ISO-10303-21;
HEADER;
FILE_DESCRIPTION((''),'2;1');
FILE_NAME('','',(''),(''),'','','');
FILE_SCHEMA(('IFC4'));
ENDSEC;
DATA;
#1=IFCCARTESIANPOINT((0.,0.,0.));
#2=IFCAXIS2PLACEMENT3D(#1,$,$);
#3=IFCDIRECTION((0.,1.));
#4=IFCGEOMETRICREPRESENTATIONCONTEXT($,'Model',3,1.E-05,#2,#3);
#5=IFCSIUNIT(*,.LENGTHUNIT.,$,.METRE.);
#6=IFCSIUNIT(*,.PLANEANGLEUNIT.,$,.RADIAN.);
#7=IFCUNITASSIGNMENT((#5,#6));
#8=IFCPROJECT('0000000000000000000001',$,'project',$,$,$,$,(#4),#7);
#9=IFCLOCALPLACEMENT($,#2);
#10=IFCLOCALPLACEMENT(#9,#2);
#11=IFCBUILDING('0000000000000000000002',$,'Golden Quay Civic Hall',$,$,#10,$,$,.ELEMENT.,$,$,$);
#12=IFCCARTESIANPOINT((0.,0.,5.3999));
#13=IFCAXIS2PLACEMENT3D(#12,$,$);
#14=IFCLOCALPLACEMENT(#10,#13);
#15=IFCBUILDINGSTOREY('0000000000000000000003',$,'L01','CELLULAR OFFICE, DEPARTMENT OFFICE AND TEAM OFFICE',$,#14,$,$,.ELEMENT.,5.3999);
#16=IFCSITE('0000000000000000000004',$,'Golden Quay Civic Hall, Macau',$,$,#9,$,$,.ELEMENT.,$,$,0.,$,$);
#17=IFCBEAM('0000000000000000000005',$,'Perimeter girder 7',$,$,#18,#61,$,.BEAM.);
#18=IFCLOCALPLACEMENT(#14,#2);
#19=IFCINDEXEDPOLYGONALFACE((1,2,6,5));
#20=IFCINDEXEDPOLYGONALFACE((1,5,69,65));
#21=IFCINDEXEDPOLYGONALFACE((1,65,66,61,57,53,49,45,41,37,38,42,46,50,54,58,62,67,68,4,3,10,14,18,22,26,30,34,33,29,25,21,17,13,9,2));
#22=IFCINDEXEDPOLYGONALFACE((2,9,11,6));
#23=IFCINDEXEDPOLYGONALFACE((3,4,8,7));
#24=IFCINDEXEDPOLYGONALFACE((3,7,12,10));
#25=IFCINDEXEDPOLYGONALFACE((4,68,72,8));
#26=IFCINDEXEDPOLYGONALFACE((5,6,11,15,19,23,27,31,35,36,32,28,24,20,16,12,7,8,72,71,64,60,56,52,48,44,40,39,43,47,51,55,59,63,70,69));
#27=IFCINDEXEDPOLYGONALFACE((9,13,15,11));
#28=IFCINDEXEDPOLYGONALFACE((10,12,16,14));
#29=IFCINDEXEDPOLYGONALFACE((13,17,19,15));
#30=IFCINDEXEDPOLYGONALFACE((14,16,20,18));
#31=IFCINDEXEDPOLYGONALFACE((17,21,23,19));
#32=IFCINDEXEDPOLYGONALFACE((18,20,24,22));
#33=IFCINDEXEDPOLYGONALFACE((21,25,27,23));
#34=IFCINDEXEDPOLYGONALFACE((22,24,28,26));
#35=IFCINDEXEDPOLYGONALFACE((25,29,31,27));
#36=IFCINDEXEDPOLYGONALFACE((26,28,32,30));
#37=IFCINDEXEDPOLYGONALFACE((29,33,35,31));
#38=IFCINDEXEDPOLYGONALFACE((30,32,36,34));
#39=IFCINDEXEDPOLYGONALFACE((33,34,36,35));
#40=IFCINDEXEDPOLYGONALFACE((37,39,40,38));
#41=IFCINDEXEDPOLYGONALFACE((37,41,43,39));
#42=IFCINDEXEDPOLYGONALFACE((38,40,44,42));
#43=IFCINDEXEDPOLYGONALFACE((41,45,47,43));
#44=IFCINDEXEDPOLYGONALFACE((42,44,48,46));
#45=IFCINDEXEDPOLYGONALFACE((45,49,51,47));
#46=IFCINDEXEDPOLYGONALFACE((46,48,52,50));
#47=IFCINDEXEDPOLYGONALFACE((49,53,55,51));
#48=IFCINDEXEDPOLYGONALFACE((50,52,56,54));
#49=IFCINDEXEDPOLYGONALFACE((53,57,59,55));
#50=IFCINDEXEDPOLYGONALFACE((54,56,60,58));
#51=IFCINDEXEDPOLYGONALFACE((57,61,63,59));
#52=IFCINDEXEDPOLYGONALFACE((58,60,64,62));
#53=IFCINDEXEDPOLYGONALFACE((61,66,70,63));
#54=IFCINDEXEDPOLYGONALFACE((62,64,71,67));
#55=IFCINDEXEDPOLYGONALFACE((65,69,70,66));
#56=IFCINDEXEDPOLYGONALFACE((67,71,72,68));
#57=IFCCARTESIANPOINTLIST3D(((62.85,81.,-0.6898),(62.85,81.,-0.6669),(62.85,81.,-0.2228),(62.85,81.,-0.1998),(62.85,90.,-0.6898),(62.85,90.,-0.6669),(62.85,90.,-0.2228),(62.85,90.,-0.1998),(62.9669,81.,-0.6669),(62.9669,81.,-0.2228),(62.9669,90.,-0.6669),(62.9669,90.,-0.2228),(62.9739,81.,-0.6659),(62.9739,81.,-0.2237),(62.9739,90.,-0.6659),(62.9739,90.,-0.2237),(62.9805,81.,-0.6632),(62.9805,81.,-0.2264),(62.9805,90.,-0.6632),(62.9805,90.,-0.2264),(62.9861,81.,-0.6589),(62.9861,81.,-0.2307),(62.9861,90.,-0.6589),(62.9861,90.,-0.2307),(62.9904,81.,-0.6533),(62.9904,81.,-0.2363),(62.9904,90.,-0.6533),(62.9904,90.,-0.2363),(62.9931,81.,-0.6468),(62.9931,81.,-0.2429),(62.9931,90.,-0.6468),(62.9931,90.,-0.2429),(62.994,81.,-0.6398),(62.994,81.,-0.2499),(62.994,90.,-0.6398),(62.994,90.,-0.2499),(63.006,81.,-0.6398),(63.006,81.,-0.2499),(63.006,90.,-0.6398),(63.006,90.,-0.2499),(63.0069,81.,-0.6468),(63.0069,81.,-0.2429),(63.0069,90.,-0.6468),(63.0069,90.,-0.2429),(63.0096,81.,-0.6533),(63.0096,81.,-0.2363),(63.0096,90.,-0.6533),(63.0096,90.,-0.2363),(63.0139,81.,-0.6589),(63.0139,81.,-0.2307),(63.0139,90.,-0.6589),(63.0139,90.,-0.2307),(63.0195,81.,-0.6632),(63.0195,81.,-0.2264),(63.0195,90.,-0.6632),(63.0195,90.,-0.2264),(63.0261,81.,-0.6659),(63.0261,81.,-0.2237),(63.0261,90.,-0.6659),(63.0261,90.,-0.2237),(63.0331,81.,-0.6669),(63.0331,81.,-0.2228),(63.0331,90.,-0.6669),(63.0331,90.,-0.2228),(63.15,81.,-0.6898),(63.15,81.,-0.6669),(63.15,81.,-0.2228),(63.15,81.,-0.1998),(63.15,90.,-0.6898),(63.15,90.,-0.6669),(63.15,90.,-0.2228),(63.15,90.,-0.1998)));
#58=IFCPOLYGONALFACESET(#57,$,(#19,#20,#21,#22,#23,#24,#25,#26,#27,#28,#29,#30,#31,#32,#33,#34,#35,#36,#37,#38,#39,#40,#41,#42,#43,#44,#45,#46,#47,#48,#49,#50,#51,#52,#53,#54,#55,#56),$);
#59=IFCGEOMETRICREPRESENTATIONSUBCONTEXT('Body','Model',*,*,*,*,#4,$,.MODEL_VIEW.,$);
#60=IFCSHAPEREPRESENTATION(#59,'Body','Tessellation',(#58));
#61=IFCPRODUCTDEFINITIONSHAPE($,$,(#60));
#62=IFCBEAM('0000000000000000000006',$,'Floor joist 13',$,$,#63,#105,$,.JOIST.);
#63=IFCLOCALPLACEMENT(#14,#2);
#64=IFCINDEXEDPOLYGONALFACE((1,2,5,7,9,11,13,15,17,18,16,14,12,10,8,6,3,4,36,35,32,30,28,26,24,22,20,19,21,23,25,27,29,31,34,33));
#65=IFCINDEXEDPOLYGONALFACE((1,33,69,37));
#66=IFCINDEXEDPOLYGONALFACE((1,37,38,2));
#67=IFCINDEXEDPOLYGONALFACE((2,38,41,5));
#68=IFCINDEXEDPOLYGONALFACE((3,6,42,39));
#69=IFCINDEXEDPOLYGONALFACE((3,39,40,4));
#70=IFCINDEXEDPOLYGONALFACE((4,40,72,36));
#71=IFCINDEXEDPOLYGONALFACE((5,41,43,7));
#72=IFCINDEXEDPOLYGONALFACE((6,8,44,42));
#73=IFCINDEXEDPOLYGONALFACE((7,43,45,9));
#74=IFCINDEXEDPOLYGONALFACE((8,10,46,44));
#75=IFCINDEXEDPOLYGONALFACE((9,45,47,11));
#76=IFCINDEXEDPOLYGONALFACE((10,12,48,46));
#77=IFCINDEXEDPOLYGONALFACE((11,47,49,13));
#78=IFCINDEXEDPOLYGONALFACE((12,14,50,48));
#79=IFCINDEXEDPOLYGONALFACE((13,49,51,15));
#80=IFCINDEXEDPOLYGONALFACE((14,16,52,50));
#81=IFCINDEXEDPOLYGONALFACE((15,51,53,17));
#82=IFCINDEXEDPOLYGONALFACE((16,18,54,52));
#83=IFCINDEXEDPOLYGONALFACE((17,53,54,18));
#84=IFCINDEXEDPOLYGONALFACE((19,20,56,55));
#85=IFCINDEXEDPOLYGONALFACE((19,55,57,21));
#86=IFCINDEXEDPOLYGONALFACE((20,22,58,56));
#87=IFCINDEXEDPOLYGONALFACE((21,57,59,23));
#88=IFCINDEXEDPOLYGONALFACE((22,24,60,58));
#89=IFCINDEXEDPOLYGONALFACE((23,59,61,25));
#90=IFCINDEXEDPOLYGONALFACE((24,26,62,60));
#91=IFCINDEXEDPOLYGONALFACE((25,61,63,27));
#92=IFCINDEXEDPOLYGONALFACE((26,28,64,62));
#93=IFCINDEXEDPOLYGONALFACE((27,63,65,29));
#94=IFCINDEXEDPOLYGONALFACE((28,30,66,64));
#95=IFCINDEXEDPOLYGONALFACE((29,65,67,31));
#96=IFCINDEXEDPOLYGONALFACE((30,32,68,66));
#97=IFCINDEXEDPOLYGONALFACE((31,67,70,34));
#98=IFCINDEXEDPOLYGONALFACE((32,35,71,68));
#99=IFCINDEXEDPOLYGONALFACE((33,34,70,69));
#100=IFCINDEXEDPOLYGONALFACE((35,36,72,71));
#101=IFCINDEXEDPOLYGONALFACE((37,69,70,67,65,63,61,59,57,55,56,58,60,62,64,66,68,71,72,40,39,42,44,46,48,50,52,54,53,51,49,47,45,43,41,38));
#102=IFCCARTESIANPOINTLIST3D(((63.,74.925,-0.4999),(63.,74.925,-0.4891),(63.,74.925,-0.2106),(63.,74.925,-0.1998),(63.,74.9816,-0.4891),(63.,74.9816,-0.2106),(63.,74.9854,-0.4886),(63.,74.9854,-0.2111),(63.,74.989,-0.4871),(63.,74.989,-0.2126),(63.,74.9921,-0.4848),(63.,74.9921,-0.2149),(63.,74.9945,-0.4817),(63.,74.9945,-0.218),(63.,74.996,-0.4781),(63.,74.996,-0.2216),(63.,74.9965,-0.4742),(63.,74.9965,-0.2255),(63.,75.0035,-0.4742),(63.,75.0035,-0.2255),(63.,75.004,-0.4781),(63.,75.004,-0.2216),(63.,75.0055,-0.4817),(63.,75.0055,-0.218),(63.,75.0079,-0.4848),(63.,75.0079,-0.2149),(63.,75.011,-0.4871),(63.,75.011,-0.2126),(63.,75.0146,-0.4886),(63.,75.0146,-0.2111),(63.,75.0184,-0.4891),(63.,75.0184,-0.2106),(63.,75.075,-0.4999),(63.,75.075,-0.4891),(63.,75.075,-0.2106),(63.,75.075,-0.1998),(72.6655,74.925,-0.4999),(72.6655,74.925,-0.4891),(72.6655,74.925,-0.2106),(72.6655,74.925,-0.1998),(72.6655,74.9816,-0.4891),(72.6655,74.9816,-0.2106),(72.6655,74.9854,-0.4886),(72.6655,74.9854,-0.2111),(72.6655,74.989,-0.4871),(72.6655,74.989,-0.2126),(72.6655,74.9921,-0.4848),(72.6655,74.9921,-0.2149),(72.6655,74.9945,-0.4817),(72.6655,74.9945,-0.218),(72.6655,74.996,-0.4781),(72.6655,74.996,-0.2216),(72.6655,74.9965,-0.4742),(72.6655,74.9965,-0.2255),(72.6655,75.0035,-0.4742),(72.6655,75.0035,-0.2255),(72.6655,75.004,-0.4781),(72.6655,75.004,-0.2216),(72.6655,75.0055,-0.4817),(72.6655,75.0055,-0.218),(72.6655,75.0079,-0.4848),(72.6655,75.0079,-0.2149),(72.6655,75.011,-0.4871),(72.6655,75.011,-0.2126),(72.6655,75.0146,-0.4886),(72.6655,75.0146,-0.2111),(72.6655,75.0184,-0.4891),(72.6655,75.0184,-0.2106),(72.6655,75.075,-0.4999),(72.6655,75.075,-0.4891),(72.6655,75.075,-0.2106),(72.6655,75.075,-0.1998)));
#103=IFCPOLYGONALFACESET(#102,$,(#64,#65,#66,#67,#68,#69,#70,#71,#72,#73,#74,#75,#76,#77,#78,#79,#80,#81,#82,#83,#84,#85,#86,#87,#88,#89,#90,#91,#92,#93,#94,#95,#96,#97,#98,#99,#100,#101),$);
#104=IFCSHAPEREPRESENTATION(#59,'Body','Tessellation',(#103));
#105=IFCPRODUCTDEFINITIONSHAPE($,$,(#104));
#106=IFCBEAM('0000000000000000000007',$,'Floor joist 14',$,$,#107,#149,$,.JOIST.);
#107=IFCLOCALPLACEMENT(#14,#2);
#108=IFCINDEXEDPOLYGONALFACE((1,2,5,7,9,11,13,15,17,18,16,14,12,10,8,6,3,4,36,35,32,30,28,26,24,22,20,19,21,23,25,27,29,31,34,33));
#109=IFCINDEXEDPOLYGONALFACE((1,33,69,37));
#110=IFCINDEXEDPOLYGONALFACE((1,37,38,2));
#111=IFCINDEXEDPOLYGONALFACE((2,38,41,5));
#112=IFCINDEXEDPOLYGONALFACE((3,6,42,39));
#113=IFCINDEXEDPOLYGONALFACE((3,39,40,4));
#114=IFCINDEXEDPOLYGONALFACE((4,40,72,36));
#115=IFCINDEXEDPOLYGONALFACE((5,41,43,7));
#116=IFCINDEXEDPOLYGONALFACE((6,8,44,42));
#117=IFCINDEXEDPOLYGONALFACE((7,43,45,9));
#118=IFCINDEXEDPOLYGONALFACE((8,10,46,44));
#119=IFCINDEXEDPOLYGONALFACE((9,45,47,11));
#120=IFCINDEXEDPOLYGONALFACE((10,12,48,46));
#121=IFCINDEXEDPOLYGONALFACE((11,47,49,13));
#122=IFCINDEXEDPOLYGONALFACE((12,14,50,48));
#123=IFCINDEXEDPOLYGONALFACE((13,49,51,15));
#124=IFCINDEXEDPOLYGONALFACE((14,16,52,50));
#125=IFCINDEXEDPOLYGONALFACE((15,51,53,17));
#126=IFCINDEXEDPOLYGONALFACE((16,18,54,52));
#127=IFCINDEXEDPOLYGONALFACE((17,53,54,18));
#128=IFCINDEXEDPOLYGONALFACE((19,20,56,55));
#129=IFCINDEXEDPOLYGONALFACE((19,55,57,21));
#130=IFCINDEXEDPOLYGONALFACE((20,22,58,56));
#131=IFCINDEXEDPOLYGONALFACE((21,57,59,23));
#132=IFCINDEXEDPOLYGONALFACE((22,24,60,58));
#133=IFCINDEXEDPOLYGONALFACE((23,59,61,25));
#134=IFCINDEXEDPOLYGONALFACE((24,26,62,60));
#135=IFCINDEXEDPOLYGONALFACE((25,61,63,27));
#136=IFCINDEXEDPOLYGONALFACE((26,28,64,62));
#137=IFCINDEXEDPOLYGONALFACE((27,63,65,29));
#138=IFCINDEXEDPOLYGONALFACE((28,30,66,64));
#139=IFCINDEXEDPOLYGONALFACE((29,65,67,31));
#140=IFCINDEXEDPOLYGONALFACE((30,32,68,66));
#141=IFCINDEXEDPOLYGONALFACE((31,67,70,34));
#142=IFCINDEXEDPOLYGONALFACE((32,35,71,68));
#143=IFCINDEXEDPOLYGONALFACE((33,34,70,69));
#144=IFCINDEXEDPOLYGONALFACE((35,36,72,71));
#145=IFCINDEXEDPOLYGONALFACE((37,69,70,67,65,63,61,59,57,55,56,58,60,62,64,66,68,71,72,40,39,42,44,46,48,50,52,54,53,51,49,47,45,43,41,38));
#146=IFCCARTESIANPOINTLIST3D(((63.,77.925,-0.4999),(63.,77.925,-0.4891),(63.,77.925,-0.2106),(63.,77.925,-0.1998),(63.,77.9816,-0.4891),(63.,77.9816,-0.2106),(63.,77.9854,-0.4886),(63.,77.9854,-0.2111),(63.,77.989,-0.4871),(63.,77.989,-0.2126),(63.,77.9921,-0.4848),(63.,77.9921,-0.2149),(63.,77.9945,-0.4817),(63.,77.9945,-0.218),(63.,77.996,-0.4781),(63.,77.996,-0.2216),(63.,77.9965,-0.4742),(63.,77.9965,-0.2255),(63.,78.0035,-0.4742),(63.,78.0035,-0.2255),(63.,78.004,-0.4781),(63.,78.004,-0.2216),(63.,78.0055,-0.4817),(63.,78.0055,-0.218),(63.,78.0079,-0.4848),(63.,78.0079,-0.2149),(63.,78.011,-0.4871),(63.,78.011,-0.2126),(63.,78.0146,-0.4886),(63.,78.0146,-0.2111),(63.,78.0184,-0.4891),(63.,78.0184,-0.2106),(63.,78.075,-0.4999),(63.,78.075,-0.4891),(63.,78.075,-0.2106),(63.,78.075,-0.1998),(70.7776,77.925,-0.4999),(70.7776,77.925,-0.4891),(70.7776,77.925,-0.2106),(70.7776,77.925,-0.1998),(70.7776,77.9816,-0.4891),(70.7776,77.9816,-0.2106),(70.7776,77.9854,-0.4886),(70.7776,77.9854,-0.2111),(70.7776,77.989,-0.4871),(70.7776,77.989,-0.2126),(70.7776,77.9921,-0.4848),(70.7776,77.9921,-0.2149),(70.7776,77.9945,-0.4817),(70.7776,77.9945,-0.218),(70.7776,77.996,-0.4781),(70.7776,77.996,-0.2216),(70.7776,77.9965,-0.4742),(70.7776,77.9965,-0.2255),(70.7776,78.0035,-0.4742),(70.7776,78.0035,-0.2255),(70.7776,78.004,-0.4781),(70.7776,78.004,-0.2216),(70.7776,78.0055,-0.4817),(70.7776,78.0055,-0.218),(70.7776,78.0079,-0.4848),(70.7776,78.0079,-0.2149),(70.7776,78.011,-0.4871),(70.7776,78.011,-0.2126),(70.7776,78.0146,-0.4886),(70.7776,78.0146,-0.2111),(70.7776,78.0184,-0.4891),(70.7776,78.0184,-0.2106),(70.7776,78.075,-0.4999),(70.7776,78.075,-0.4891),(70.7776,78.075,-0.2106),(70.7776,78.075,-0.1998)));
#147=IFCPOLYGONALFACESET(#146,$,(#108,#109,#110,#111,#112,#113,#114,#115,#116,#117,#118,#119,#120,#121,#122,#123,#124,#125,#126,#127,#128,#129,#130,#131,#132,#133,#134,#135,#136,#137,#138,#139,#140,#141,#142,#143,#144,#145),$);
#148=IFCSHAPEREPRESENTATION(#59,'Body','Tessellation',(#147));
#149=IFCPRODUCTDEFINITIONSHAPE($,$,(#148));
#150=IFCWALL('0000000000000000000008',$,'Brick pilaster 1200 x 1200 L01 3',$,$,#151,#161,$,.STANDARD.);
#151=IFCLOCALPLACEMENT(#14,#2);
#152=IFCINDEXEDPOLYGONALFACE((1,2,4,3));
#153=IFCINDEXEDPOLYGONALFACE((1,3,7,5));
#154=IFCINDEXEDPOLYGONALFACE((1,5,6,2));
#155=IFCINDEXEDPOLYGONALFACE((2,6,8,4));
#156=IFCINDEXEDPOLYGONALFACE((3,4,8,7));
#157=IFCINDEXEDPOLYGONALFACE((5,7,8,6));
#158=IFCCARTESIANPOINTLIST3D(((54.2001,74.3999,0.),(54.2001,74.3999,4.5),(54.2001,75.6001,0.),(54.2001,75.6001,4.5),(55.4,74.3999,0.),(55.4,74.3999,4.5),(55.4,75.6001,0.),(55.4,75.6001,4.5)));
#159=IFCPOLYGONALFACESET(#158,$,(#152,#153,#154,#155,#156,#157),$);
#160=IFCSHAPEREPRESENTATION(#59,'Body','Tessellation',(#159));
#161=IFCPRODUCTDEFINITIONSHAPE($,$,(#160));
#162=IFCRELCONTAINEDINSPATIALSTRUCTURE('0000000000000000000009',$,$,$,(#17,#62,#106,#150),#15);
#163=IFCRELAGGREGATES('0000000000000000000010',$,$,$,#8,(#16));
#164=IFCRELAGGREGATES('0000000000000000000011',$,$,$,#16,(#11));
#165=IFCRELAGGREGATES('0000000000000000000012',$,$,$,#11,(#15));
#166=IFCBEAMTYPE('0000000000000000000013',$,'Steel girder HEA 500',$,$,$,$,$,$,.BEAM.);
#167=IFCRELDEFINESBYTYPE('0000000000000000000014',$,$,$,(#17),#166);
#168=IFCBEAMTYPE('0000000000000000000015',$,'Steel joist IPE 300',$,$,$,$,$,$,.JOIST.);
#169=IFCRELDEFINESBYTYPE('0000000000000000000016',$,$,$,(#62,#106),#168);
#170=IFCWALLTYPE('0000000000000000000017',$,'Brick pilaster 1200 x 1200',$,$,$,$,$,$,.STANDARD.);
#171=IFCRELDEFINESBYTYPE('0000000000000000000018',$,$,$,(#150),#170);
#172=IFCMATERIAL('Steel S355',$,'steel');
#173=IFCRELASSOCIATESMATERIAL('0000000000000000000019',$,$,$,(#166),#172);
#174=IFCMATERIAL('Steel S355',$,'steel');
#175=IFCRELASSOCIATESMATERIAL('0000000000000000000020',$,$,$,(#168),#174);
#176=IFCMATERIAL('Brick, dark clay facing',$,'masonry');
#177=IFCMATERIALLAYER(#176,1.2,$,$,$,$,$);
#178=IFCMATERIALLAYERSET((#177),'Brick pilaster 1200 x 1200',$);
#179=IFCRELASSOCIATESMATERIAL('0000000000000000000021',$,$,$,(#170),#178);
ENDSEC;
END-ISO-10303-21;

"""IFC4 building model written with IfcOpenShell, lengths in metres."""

from ifc_helpers import new_model, si_unit, direction, frame, frame_2d, origin, origin_2d, place, context, subcontext, project, spatial, rectangle, i_section, extrude, material, layer, layer_set, material_profile, profile_set, type_object, element, save


model = new_model("IFC4")

# Units and contexts
model_context = context("Model", 3, precision=1e-05, world=origin(), true_north=direction((0.0, 1.0)))
body_context = subcontext(model_context, "Body", "Model", "MODEL_VIEW")
ifc_project = project(units=[si_unit("LENGTHUNIT", "METRE"), si_unit("PLANEANGLEUNIT", "RADIAN")], contexts=[model_context])

# Site, building, storey
site_placement = place(None, origin())
site = spatial("IfcSite", under=ifc_project, at=site_placement, Name="Golden Quay Civic Hall, Macau", CompositionType="ELEMENT", RefElevation=0.0)
building_placement = place(site_placement, origin())
building = spatial("IfcBuilding", under=site, at=building_placement, Name="Golden Quay Civic Hall", CompositionType="ELEMENT")
storey_placement = place(building_placement, frame((0.0, 0.0, 5.3999)))
storey = spatial("IfcBuildingStorey", under=building, at=storey_placement, Name="L01", Description="CELLULAR OFFICE, DEPARTMENT OFFICE AND TEAM OFFICE", CompositionType="ELEMENT", Elevation=5.3999)

# Beams
ifc_material_1 = material(Name="Steel S355", Category="steel")
ifc_material_profile_1 = material_profile(ifc_material_1, i_section(OverallWidth=0.3, OverallDepth=0.49, WebThickness=0.012, FlangeThickness=0.0229, FilletRadius=0.0271, at=origin_2d()), Name="HEA 500")
ifc_profile_set_1 = profile_set([ifc_material_profile_1], Name="Steel S355")
beam_type_1 = type_object("IfcBeamType", Name="Steel girder HEA 500", PredefinedType="BEAM", material=ifc_profile_set_1)
for number, where, z_axis, x_axis, name in (
    (1, (63.0, 81.0, -0.4448), (0.0, 1.0, 0.0), (-1.0, 0.0, 0.0), "Perimeter girder 7"),
):
    element("IfcBeam", number, at=place(storey_placement, frame(where, z_axis=z_axis, x_axis=x_axis)), inside=storey, type_object=beam_type_1, Name=name, PredefinedType="BEAM", context=body_context, shape_type="SweptSolid", body=[
        extrude(i_section(OverallWidth=0.3, OverallDepth=0.49, WebThickness=0.012, FlangeThickness=0.0229, FilletRadius=0.0271, at=origin_2d()), origin(), (0.0, 0.0, 1.0), 9.0),
    ])
ifc_material_2 = material(Name="Steel S355", Category="steel")
ifc_material_profile_2 = material_profile(ifc_material_2, i_section(OverallWidth=0.1499, OverallDepth=0.3, WebThickness=0.0071, FlangeThickness=0.0107, FilletRadius=0.0149, at=origin_2d()), Name="IPE 300")
ifc_profile_set_2 = profile_set([ifc_material_profile_2], Name="Steel S355")
beam_type_2 = type_object("IfcBeamType", Name="Steel joist IPE 300", PredefinedType="JOIST", material=ifc_profile_set_2)
beam_1_placement = place(storey_placement, frame((63.0, 75.0, -0.3499), z_axis=(1.0, 0.0, 0.0), x_axis=(0.0, 1.0, 0.0)))
element("IfcBeam", 2, at=beam_1_placement, inside=storey, type_object=beam_type_2, Name="Floor joist 13", PredefinedType="JOIST", context=body_context, shape_type="SweptSolid", body=[
    extrude(i_section(OverallWidth=0.1499, OverallDepth=0.3, WebThickness=0.0071, FlangeThickness=0.0107, FilletRadius=0.0149, at=origin_2d()), origin(), (0.0, 0.0, 1.0), 9.6655),
])
beam_2_placement = place(storey_placement, frame((63.0, 78.0, -0.3499), z_axis=(1.0, 0.0, 0.0), x_axis=(0.0, 1.0, 0.0)))
element("IfcBeam", 3, at=beam_2_placement, inside=storey, type_object=beam_type_2, Name="Floor joist 14", PredefinedType="JOIST", context=body_context, shape_type="SweptSolid", body=[
    extrude(i_section(OverallWidth=0.1499, OverallDepth=0.3, WebThickness=0.0071, FlangeThickness=0.0107, FilletRadius=0.0149, at=origin_2d()), origin(), (0.0, 0.0, 1.0), 7.7776),
])

# Wall
ifc_material_3 = material(Name="Brick, dark clay facing", Category="masonry")
ifc_layer_1 = layer(ifc_material_3, 1.2)
ifc_layer_set_1 = layer_set([ifc_layer_1], Name="Brick pilaster 1200 x 1200")
wall_type_1 = type_object("IfcWallType", Name="Brick pilaster 1200 x 1200", PredefinedType="STANDARD", material=ifc_layer_set_1)
wall_1_placement = place(storey_placement, frame((54.8, 74.3999, 0.0), z_axis=(0.0, 0.0, 1.0), x_axis=(0.0, 1.0, 0.0)))
element("IfcWall", 4, at=wall_1_placement, inside=storey, type_object=wall_type_1, Name="Brick pilaster 1200 x 1200 L01 3", PredefinedType="STANDARD", context=body_context, shape_type="SweptSolid", body=[
    extrude(rectangle(XDim=1.2002, YDim=1.2, at=frame_2d((0.6001, 0.0))), origin(), (0.0, 0.0, 1.0), 4.5),
])

save(model, "model.ifc")
